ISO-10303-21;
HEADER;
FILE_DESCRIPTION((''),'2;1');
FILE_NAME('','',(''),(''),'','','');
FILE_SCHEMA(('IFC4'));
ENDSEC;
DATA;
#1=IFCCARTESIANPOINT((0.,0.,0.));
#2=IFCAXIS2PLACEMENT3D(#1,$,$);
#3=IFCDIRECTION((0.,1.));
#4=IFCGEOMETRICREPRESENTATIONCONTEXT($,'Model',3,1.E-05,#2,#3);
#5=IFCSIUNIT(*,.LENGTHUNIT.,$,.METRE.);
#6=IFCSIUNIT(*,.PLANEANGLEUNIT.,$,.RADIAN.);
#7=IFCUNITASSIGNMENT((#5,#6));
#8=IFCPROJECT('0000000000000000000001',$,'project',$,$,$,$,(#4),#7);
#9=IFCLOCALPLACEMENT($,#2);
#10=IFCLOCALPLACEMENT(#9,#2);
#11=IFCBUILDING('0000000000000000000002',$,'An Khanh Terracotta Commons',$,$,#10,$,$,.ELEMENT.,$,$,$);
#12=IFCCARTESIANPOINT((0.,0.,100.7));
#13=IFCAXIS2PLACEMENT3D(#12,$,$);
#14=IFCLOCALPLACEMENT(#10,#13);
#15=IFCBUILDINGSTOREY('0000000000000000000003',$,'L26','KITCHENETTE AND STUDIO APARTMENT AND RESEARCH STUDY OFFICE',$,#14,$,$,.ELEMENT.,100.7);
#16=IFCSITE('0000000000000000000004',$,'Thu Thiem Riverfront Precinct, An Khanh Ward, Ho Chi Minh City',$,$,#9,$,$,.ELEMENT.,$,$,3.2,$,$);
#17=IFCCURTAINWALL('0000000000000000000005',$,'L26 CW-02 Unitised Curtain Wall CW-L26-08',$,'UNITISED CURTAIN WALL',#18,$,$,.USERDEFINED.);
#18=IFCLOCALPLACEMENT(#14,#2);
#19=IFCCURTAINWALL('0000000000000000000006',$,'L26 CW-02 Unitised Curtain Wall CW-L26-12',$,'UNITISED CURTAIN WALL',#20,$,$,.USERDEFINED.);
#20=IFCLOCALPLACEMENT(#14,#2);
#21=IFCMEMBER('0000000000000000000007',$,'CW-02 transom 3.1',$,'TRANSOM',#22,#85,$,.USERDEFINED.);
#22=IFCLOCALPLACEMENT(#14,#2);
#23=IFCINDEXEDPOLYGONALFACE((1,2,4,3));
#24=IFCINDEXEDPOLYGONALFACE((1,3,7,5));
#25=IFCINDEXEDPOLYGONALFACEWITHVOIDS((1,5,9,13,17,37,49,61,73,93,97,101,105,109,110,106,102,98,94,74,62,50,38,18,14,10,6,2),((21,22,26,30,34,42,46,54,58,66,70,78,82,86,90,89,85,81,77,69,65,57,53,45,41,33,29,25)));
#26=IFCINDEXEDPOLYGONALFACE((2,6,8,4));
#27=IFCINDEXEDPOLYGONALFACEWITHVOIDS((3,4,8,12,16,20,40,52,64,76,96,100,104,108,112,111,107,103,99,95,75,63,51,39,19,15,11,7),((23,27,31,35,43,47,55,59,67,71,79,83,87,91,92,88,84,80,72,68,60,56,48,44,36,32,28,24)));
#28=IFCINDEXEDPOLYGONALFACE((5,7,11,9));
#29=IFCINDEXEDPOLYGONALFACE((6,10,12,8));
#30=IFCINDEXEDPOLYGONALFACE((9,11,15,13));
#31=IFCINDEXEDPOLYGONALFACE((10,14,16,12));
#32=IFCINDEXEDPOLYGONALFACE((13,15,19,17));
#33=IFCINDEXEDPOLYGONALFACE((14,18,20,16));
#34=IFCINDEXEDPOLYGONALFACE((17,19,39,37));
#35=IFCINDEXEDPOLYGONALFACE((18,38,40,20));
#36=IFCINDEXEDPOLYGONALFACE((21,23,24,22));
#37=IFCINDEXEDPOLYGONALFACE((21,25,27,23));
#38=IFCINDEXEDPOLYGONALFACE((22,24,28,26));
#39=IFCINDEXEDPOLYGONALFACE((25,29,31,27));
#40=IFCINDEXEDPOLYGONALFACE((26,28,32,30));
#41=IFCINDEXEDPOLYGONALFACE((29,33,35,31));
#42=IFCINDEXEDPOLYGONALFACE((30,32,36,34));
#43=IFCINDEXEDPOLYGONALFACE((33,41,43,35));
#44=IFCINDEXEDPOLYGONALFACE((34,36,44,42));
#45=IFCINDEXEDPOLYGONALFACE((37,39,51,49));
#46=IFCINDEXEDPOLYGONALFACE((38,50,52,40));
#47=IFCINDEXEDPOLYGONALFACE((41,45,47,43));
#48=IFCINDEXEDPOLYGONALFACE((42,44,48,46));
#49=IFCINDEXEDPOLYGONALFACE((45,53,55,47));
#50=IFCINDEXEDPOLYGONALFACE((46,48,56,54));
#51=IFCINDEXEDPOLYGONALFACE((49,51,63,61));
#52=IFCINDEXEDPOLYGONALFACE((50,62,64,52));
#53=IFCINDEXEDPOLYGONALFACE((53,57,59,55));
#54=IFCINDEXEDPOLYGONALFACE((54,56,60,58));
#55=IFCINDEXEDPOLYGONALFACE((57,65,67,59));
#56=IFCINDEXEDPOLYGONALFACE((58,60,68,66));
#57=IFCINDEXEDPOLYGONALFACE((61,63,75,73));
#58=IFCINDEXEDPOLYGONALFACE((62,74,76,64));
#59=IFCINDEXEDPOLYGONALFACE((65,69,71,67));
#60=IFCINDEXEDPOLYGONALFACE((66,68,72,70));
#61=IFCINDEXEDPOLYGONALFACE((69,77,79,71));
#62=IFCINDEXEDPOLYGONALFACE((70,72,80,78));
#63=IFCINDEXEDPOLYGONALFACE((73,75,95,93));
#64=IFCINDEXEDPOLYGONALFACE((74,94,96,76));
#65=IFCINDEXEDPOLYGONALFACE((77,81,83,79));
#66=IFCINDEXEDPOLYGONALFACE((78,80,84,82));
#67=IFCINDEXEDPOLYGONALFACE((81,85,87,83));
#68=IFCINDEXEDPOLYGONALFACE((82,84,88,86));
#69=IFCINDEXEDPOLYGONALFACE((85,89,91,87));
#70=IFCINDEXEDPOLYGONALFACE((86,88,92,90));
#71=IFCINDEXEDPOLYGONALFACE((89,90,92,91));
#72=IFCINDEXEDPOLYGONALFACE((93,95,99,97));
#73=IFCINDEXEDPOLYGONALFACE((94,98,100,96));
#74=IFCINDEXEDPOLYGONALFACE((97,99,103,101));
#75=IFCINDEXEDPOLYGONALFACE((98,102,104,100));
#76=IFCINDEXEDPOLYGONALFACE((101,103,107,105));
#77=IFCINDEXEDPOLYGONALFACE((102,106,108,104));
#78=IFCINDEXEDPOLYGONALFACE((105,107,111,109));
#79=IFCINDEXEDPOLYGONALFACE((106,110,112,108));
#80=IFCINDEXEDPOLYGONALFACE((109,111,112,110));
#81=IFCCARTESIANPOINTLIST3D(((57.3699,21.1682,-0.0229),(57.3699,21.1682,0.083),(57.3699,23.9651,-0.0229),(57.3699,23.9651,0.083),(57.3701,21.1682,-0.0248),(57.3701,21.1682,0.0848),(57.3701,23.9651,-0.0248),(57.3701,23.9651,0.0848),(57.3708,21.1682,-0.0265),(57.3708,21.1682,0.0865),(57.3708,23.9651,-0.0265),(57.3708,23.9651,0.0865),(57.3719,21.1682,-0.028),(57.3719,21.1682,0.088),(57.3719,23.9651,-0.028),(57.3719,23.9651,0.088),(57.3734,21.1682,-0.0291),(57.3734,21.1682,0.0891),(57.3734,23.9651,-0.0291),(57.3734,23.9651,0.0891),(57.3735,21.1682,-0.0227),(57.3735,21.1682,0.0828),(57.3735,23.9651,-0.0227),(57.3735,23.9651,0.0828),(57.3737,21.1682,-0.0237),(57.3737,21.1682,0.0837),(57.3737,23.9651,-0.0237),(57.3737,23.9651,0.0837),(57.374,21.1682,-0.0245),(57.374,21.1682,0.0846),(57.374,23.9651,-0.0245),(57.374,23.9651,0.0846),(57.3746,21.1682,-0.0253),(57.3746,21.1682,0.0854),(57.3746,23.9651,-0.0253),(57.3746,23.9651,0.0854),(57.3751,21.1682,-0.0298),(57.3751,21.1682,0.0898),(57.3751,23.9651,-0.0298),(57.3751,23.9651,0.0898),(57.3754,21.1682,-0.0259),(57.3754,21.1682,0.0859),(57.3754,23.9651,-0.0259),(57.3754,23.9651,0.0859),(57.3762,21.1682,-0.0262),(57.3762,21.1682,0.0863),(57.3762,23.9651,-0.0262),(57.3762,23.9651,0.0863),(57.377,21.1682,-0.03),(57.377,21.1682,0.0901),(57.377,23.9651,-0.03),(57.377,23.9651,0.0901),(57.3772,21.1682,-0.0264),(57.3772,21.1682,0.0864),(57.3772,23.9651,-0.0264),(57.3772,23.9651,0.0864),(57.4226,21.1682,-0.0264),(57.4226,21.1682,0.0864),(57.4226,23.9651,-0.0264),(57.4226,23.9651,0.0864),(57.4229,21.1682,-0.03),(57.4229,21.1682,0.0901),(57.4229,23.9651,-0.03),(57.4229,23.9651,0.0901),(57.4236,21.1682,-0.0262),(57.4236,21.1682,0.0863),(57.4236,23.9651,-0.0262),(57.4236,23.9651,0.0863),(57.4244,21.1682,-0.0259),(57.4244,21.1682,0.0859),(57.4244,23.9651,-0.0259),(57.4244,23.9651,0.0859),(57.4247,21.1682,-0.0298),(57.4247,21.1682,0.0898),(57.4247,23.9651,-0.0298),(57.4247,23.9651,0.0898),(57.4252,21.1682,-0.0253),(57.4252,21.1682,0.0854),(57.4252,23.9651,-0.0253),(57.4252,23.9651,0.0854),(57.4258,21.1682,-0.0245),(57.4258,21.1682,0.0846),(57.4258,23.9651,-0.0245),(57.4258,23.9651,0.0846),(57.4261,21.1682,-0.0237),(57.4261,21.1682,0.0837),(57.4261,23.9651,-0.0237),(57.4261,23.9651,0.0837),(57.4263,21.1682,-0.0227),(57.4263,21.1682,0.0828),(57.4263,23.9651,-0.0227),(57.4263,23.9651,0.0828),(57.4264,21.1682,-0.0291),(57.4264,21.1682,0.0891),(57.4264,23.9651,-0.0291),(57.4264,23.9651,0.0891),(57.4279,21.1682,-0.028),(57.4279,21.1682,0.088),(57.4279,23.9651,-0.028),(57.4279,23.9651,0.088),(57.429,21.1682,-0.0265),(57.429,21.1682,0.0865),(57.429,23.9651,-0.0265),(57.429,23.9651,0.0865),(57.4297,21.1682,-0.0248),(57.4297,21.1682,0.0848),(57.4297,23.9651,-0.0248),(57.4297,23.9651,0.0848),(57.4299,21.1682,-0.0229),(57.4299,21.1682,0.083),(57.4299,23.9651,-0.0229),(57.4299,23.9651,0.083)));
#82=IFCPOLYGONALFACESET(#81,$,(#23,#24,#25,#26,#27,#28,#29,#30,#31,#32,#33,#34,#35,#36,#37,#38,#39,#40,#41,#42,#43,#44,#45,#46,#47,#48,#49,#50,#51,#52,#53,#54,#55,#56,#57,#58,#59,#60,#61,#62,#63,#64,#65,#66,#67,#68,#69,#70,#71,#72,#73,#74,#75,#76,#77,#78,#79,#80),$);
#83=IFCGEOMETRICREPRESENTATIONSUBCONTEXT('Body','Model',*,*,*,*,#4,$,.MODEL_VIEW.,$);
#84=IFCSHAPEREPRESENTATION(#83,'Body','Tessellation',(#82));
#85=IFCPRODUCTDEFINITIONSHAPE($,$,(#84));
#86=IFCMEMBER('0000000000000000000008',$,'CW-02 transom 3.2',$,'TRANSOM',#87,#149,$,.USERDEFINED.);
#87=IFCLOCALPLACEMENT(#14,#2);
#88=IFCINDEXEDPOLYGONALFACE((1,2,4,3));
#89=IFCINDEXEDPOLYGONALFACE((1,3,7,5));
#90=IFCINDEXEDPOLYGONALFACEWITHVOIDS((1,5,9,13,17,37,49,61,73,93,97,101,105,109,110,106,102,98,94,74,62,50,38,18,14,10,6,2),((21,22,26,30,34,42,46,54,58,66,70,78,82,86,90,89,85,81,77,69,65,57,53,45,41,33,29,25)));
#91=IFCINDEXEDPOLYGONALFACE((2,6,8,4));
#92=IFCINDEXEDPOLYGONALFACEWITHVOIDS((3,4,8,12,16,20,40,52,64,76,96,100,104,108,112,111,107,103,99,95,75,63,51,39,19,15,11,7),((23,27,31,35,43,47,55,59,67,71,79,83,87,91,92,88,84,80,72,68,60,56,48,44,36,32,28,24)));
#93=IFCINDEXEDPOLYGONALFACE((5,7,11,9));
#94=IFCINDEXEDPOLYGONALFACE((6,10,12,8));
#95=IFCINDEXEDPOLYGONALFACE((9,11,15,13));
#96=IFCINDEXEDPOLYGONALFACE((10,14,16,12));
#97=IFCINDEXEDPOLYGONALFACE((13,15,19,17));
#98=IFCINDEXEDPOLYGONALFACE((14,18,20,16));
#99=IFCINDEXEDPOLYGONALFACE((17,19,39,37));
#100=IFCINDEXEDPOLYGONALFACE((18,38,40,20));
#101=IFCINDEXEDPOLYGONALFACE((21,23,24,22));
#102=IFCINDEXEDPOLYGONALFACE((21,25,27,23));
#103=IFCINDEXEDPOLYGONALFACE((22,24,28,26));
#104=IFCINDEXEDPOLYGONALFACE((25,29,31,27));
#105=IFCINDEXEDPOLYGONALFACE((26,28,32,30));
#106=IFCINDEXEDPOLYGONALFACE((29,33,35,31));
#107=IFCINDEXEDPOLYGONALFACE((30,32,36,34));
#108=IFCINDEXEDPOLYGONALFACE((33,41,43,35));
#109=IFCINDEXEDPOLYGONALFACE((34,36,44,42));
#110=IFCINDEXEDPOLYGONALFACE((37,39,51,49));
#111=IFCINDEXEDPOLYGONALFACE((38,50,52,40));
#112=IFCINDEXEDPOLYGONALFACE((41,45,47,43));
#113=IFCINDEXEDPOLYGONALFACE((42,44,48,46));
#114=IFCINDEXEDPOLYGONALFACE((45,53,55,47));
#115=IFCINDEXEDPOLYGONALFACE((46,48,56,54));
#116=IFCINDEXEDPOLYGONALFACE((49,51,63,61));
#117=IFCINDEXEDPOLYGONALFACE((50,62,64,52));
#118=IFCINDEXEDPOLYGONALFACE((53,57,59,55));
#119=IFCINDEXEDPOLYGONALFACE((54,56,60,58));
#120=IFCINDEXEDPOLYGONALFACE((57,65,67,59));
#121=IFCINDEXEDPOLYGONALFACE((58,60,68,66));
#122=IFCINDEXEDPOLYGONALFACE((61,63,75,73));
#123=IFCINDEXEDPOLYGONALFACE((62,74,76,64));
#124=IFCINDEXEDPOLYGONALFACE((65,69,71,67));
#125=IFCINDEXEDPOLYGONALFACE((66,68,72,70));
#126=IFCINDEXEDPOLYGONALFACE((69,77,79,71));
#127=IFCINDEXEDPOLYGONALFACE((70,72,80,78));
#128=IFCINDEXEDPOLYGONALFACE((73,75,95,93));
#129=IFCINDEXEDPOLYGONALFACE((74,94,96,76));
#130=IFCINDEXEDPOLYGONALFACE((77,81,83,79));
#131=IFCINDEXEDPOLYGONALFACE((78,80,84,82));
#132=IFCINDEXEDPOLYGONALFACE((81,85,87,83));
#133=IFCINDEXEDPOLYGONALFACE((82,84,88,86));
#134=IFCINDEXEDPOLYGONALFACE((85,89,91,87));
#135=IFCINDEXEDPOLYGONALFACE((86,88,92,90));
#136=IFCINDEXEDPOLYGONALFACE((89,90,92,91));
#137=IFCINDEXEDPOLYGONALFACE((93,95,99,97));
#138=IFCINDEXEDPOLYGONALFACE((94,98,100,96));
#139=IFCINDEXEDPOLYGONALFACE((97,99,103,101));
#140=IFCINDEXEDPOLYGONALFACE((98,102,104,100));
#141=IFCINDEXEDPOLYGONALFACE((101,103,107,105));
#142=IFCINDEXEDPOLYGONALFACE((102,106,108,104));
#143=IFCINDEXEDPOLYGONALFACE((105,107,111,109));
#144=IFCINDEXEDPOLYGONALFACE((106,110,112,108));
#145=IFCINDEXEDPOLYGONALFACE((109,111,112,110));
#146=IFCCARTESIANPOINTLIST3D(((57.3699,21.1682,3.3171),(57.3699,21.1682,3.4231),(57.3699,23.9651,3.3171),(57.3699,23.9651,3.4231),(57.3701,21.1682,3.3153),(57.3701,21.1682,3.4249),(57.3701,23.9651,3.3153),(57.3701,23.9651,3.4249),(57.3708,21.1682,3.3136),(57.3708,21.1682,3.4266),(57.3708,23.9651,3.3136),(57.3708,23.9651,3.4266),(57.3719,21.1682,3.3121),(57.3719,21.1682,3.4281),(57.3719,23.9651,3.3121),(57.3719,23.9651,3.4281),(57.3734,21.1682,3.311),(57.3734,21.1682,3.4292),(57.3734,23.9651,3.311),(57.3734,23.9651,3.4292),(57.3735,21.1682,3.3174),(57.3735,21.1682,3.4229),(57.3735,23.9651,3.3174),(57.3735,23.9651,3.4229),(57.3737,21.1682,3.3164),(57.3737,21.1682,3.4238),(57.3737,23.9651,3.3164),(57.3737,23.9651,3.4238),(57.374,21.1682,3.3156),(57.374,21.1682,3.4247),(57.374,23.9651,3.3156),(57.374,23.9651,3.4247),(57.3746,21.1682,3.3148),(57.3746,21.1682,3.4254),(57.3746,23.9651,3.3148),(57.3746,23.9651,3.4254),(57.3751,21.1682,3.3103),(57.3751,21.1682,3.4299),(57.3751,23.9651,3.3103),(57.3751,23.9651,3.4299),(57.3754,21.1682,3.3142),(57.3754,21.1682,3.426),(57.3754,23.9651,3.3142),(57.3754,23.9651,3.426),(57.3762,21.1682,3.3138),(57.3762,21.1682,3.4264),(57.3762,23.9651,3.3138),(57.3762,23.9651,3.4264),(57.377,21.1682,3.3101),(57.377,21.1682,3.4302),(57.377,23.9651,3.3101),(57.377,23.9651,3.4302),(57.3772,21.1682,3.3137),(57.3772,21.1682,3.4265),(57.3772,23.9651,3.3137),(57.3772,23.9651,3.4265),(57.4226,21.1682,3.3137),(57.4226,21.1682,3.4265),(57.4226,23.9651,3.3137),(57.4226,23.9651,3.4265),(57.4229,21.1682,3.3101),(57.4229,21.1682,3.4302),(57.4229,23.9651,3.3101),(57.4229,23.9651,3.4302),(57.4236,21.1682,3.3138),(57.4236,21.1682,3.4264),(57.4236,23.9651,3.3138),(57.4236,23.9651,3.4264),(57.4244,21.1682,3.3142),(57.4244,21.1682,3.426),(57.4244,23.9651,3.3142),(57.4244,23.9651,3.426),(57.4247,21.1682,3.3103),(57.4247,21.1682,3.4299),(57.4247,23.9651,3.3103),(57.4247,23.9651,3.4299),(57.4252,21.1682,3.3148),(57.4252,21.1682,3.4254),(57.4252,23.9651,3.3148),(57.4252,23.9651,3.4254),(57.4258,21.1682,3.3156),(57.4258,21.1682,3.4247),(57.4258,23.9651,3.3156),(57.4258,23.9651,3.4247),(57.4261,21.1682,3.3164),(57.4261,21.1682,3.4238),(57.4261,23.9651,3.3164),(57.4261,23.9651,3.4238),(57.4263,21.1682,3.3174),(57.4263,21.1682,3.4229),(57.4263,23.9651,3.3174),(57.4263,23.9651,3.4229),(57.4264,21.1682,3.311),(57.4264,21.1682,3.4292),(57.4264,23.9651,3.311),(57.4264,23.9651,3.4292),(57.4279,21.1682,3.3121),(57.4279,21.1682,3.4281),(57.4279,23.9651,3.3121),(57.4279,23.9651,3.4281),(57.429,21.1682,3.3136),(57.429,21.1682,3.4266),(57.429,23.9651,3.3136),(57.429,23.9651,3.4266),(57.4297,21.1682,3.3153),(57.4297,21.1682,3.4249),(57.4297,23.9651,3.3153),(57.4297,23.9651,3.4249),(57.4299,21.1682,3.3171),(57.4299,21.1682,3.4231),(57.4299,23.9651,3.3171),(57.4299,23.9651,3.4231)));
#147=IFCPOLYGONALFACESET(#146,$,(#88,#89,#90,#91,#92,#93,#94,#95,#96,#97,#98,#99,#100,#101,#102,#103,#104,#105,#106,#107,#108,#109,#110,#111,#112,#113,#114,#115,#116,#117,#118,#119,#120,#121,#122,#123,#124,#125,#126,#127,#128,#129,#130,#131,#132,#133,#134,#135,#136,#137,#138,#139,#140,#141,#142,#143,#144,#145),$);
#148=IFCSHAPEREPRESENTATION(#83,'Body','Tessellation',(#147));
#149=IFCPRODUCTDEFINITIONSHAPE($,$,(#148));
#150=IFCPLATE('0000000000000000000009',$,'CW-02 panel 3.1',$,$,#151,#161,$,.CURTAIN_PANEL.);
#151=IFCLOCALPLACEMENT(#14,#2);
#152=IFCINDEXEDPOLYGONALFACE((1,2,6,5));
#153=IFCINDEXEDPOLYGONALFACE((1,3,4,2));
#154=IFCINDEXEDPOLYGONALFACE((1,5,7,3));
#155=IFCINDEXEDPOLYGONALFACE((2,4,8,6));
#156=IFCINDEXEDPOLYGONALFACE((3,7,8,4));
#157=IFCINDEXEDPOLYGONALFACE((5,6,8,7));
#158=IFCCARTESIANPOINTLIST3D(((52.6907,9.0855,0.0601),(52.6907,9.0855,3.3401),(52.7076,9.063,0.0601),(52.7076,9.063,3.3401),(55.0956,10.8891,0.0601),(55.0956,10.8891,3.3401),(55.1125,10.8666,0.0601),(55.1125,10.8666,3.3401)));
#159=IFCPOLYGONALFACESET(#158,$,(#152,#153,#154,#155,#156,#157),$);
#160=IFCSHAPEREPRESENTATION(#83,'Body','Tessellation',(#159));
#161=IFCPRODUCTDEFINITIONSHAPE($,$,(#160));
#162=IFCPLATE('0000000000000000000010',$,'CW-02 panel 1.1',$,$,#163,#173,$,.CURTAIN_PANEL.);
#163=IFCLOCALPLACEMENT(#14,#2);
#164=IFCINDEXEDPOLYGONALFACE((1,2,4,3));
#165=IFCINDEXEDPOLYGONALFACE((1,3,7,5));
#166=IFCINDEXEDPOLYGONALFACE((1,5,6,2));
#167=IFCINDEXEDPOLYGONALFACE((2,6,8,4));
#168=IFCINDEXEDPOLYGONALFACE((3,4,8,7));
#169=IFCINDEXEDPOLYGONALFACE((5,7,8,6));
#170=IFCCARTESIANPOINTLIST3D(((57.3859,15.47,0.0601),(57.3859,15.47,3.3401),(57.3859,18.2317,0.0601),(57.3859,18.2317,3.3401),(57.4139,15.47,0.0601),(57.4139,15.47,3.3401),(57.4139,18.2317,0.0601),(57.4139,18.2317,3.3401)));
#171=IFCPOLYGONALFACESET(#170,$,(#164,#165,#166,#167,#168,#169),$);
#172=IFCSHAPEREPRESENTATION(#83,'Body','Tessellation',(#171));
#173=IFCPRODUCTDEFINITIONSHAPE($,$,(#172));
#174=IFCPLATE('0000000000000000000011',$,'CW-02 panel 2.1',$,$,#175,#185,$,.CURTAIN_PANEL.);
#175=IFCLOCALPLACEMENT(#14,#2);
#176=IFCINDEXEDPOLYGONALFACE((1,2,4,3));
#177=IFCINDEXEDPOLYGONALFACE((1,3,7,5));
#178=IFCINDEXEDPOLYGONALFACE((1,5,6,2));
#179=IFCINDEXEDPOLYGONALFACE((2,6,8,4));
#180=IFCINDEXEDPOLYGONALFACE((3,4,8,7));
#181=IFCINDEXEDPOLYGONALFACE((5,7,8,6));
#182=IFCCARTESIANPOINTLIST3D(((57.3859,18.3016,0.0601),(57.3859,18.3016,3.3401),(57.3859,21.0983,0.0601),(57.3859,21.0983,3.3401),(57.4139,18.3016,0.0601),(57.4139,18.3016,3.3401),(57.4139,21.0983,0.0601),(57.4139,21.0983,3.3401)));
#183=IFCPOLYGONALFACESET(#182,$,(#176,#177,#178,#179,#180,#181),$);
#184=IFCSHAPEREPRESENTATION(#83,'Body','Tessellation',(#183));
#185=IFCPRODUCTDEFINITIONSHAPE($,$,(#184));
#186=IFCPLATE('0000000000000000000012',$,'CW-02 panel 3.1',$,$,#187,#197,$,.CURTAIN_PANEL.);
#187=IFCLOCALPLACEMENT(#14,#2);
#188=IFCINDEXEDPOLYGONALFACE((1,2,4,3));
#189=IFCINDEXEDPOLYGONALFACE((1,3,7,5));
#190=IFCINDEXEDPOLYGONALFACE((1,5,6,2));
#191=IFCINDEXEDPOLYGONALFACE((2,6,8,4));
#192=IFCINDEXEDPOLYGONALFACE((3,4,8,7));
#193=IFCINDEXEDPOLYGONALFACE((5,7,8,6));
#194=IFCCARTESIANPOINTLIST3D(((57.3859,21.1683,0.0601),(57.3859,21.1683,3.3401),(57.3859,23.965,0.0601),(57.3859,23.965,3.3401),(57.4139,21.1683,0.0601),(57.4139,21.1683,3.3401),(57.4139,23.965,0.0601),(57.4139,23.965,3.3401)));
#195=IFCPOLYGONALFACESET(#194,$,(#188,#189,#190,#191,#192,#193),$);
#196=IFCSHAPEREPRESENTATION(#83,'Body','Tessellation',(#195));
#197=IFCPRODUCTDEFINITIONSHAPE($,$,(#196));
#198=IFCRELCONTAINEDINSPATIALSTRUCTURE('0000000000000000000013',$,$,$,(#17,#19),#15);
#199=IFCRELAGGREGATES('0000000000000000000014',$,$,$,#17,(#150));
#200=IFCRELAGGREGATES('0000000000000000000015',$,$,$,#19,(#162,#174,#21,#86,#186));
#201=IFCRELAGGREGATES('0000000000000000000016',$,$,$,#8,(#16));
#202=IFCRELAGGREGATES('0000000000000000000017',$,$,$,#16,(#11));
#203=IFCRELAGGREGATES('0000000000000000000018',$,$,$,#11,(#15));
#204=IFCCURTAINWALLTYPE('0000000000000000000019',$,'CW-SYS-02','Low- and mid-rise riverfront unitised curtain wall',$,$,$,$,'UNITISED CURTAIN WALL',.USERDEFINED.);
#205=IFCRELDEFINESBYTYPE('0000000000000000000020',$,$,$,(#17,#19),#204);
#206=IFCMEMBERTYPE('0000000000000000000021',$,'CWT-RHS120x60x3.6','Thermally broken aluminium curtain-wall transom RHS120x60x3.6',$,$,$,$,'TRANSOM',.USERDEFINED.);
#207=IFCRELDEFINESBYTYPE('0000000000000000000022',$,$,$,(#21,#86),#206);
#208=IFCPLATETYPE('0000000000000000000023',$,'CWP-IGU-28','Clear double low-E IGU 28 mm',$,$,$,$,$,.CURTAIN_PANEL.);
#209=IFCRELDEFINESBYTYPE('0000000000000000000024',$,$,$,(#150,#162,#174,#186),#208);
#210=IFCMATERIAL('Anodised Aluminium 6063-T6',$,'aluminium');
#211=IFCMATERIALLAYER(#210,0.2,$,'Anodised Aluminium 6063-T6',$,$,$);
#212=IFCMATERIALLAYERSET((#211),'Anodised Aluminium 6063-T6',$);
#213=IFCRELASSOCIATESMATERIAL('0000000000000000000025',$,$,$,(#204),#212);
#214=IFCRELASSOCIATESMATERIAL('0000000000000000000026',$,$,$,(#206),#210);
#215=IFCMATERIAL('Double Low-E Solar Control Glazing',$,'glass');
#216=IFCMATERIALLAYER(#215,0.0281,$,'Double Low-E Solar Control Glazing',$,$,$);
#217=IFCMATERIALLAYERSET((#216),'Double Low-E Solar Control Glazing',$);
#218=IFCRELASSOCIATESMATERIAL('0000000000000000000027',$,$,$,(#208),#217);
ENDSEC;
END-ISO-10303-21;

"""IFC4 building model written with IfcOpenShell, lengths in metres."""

from ifc_helpers import new_model, si_unit, direction, frame, origin, origin_2d, place, context, subcontext, project, spatial, rectangle, hollow_rectangle, extrude, material, layer, layer_set, material_profile, profile_set, type_object, element, aggregate, save


model = new_model("IFC4")

# Units and contexts
model_context = context("Model", 3, precision=1e-05, world=origin(), true_north=direction((0.0, 1.0)))
body_context = subcontext(model_context, "Body", "Model", "MODEL_VIEW")
ifc_project = project(units=[si_unit("LENGTHUNIT", "METRE"), si_unit("PLANEANGLEUNIT", "RADIAN")], contexts=[model_context])

# Site, building, storey
site_placement = place(None, origin())
site = spatial("IfcSite", under=ifc_project, at=site_placement, Name="Thu Thiem Riverfront Precinct, An Khanh Ward, Ho Chi Minh City", CompositionType="ELEMENT", RefElevation=3.2)
building_placement = place(site_placement, origin())
building = spatial("IfcBuilding", under=site, at=building_placement, Name="An Khanh Terracotta Commons", CompositionType="ELEMENT")
storey_placement = place(building_placement, frame((0.0, 0.0, 100.7)))
storey = spatial("IfcBuildingStorey", under=building, at=storey_placement, Name="L26", Description="KITCHENETTE AND STUDIO APARTMENT AND RESEARCH STUDY OFFICE", CompositionType="ELEMENT", Elevation=100.7)

# Curtain walls
ifc_material_1 = material(Name="Anodised Aluminium 6063-T6", Category="aluminium")
ifc_layer_1 = layer(ifc_material_1, 0.2, Name="Anodised Aluminium 6063-T6")
ifc_layer_set_1 = layer_set([ifc_layer_1], Name="Anodised Aluminium 6063-T6")
curtain_wall_type = type_object("IfcCurtainWallType", Name="CW-SYS-02", Description="Low- and mid-rise riverfront unitised curtain wall", ElementType="UNITISED CURTAIN WALL", PredefinedType="USERDEFINED", material=ifc_layer_set_1)
curtain_wall_1_placement = place(storey_placement, origin())
curtain_wall_1 = element("IfcCurtainWall", 1, at=curtain_wall_1_placement, inside=storey, type_object=curtain_wall_type, Name="L26 CW-02 Unitised Curtain Wall CW-L26-08", ObjectType="UNITISED CURTAIN WALL", PredefinedType="USERDEFINED")
curtain_wall_2_placement = place(storey_placement, origin())
curtain_wall_2 = element("IfcCurtainWall", 2, at=curtain_wall_2_placement, inside=storey, type_object=curtain_wall_type, Name="L26 CW-02 Unitised Curtain Wall CW-L26-12", ObjectType="UNITISED CURTAIN WALL", PredefinedType="USERDEFINED")

# Members
ifc_material_profile_1 = material_profile(ifc_material_1, hollow_rectangle(XDim=0.0601, YDim=0.1201, WallThickness=0.0037, InnerFilletRadius=0.0037, OuterFilletRadius=0.0071, at=origin_2d()), Name="RHS120x60x3.6")
ifc_profile_set_1 = profile_set([ifc_material_profile_1], Name="Anodised Aluminium 6063-T6")
member_type_1 = type_object("IfcMemberType", Name="CWT-RHS120x60x3.6", Description="Thermally broken aluminium curtain-wall transom RHS120x60x3.6", ElementType="TRANSOM", PredefinedType="USERDEFINED", material=ifc_profile_set_1)
member_1_placement = place(storey_placement, frame((57.3999, 21.1682, 0.03), z_axis=(0.0, 1.0, 0.0), x_axis=(-1.0, 0.0, 0.0)))
member_1 = element("IfcMember", 3, at=member_1_placement, type_object=member_type_1, Name="CW-02 transom 3.1", ObjectType="TRANSOM", PredefinedType="USERDEFINED", context=body_context, shape_type="SweptSolid", body=[
    extrude(hollow_rectangle(XDim=0.0601, YDim=0.1201, WallThickness=0.0037, InnerFilletRadius=0.0037, OuterFilletRadius=0.0071, at=origin_2d()), origin(), (0.0, 0.0, 1.0), 2.7969),
])
member_2_placement = place(storey_placement, frame((57.3999, 21.1682, 3.3701), z_axis=(0.0, 1.0, 0.0), x_axis=(-1.0, 0.0, 0.0)))
member_2 = element("IfcMember", 4, at=member_2_placement, type_object=member_type_1, Name="CW-02 transom 3.2", ObjectType="TRANSOM", PredefinedType="USERDEFINED", context=body_context, shape_type="SweptSolid", body=[
    extrude(hollow_rectangle(XDim=0.0601, YDim=0.1201, WallThickness=0.0037, InnerFilletRadius=0.0037, OuterFilletRadius=0.0071, at=origin_2d()), origin(), (0.0, 0.0, 1.0), 2.7969),
])

# Plates
ifc_material_2 = material(Name="Double Low-E Solar Control Glazing", Category="glass")
ifc_layer_2 = layer(ifc_material_2, 0.0281, Name="Double Low-E Solar Control Glazing")
ifc_layer_set_2 = layer_set([ifc_layer_2], Name="Double Low-E Solar Control Glazing")
plate_type = type_object("IfcPlateType", Name="CWP-IGU-28", Description="Clear double low-E IGU 28 mm", PredefinedType="CURTAIN_PANEL", material=ifc_layer_set_2)
plate_1_placement = place(storey_placement, frame((53.9016, 9.9761, 0.0601), z_axis=(0.0, 0.0, 1.0), x_axis=(0.800013, 0.599983, 0.0)))
plate_1 = element("IfcPlate", 5, at=plate_1_placement, type_object=plate_type, Name="CW-02 panel 3.1", PredefinedType="CURTAIN_PANEL", context=body_context, shape_type="SweptSolid", body=[
    extrude(rectangle(XDim=3.0061, YDim=0.0281, at=origin_2d()), origin(), (0.0, 0.0, 1.0), 3.28),
])
aggregate(curtain_wall_1, [plate_1])
plate_2_placement = place(storey_placement, frame((57.3999, 16.8508, 0.0601), z_axis=(0.0, 0.0, 1.0), x_axis=(0.0, 1.0, 0.0)))
plate_2 = element("IfcPlate", 6, at=plate_2_placement, type_object=plate_type, Name="CW-02 panel 1.1", PredefinedType="CURTAIN_PANEL", context=body_context, shape_type="SweptSolid", body=[
    extrude(rectangle(XDim=2.7617, YDim=0.0281, at=origin_2d()), origin(), (0.0, 0.0, 1.0), 3.28),
])
plate_3_placement = place(storey_placement, frame((57.3999, 19.7, 0.0601), z_axis=(0.0, 0.0, 1.0), x_axis=(0.0, 1.0, 0.0)))
plate_3 = element("IfcPlate", 7, at=plate_3_placement, type_object=plate_type, Name="CW-02 panel 2.1", PredefinedType="CURTAIN_PANEL", context=body_context, shape_type="SweptSolid", body=[
    extrude(rectangle(XDim=2.7966, YDim=0.0281, at=origin_2d()), origin(), (0.0, 0.0, 1.0), 3.28),
])
plate_4_placement = place(storey_placement, frame((57.3999, 22.5667, 0.0601), z_axis=(0.0, 0.0, 1.0), x_axis=(0.0, 1.0, 0.0)))
plate_4 = element("IfcPlate", 8, at=plate_4_placement, type_object=plate_type, Name="CW-02 panel 3.1", PredefinedType="CURTAIN_PANEL", context=body_context, shape_type="SweptSolid", body=[
    extrude(rectangle(XDim=2.7966, YDim=0.0281, at=origin_2d()), origin(), (0.0, 0.0, 1.0), 3.28),
])
aggregate(curtain_wall_2, [plate_2, plate_3, member_1, member_2, plate_4])

save(model, "model.ifc")
